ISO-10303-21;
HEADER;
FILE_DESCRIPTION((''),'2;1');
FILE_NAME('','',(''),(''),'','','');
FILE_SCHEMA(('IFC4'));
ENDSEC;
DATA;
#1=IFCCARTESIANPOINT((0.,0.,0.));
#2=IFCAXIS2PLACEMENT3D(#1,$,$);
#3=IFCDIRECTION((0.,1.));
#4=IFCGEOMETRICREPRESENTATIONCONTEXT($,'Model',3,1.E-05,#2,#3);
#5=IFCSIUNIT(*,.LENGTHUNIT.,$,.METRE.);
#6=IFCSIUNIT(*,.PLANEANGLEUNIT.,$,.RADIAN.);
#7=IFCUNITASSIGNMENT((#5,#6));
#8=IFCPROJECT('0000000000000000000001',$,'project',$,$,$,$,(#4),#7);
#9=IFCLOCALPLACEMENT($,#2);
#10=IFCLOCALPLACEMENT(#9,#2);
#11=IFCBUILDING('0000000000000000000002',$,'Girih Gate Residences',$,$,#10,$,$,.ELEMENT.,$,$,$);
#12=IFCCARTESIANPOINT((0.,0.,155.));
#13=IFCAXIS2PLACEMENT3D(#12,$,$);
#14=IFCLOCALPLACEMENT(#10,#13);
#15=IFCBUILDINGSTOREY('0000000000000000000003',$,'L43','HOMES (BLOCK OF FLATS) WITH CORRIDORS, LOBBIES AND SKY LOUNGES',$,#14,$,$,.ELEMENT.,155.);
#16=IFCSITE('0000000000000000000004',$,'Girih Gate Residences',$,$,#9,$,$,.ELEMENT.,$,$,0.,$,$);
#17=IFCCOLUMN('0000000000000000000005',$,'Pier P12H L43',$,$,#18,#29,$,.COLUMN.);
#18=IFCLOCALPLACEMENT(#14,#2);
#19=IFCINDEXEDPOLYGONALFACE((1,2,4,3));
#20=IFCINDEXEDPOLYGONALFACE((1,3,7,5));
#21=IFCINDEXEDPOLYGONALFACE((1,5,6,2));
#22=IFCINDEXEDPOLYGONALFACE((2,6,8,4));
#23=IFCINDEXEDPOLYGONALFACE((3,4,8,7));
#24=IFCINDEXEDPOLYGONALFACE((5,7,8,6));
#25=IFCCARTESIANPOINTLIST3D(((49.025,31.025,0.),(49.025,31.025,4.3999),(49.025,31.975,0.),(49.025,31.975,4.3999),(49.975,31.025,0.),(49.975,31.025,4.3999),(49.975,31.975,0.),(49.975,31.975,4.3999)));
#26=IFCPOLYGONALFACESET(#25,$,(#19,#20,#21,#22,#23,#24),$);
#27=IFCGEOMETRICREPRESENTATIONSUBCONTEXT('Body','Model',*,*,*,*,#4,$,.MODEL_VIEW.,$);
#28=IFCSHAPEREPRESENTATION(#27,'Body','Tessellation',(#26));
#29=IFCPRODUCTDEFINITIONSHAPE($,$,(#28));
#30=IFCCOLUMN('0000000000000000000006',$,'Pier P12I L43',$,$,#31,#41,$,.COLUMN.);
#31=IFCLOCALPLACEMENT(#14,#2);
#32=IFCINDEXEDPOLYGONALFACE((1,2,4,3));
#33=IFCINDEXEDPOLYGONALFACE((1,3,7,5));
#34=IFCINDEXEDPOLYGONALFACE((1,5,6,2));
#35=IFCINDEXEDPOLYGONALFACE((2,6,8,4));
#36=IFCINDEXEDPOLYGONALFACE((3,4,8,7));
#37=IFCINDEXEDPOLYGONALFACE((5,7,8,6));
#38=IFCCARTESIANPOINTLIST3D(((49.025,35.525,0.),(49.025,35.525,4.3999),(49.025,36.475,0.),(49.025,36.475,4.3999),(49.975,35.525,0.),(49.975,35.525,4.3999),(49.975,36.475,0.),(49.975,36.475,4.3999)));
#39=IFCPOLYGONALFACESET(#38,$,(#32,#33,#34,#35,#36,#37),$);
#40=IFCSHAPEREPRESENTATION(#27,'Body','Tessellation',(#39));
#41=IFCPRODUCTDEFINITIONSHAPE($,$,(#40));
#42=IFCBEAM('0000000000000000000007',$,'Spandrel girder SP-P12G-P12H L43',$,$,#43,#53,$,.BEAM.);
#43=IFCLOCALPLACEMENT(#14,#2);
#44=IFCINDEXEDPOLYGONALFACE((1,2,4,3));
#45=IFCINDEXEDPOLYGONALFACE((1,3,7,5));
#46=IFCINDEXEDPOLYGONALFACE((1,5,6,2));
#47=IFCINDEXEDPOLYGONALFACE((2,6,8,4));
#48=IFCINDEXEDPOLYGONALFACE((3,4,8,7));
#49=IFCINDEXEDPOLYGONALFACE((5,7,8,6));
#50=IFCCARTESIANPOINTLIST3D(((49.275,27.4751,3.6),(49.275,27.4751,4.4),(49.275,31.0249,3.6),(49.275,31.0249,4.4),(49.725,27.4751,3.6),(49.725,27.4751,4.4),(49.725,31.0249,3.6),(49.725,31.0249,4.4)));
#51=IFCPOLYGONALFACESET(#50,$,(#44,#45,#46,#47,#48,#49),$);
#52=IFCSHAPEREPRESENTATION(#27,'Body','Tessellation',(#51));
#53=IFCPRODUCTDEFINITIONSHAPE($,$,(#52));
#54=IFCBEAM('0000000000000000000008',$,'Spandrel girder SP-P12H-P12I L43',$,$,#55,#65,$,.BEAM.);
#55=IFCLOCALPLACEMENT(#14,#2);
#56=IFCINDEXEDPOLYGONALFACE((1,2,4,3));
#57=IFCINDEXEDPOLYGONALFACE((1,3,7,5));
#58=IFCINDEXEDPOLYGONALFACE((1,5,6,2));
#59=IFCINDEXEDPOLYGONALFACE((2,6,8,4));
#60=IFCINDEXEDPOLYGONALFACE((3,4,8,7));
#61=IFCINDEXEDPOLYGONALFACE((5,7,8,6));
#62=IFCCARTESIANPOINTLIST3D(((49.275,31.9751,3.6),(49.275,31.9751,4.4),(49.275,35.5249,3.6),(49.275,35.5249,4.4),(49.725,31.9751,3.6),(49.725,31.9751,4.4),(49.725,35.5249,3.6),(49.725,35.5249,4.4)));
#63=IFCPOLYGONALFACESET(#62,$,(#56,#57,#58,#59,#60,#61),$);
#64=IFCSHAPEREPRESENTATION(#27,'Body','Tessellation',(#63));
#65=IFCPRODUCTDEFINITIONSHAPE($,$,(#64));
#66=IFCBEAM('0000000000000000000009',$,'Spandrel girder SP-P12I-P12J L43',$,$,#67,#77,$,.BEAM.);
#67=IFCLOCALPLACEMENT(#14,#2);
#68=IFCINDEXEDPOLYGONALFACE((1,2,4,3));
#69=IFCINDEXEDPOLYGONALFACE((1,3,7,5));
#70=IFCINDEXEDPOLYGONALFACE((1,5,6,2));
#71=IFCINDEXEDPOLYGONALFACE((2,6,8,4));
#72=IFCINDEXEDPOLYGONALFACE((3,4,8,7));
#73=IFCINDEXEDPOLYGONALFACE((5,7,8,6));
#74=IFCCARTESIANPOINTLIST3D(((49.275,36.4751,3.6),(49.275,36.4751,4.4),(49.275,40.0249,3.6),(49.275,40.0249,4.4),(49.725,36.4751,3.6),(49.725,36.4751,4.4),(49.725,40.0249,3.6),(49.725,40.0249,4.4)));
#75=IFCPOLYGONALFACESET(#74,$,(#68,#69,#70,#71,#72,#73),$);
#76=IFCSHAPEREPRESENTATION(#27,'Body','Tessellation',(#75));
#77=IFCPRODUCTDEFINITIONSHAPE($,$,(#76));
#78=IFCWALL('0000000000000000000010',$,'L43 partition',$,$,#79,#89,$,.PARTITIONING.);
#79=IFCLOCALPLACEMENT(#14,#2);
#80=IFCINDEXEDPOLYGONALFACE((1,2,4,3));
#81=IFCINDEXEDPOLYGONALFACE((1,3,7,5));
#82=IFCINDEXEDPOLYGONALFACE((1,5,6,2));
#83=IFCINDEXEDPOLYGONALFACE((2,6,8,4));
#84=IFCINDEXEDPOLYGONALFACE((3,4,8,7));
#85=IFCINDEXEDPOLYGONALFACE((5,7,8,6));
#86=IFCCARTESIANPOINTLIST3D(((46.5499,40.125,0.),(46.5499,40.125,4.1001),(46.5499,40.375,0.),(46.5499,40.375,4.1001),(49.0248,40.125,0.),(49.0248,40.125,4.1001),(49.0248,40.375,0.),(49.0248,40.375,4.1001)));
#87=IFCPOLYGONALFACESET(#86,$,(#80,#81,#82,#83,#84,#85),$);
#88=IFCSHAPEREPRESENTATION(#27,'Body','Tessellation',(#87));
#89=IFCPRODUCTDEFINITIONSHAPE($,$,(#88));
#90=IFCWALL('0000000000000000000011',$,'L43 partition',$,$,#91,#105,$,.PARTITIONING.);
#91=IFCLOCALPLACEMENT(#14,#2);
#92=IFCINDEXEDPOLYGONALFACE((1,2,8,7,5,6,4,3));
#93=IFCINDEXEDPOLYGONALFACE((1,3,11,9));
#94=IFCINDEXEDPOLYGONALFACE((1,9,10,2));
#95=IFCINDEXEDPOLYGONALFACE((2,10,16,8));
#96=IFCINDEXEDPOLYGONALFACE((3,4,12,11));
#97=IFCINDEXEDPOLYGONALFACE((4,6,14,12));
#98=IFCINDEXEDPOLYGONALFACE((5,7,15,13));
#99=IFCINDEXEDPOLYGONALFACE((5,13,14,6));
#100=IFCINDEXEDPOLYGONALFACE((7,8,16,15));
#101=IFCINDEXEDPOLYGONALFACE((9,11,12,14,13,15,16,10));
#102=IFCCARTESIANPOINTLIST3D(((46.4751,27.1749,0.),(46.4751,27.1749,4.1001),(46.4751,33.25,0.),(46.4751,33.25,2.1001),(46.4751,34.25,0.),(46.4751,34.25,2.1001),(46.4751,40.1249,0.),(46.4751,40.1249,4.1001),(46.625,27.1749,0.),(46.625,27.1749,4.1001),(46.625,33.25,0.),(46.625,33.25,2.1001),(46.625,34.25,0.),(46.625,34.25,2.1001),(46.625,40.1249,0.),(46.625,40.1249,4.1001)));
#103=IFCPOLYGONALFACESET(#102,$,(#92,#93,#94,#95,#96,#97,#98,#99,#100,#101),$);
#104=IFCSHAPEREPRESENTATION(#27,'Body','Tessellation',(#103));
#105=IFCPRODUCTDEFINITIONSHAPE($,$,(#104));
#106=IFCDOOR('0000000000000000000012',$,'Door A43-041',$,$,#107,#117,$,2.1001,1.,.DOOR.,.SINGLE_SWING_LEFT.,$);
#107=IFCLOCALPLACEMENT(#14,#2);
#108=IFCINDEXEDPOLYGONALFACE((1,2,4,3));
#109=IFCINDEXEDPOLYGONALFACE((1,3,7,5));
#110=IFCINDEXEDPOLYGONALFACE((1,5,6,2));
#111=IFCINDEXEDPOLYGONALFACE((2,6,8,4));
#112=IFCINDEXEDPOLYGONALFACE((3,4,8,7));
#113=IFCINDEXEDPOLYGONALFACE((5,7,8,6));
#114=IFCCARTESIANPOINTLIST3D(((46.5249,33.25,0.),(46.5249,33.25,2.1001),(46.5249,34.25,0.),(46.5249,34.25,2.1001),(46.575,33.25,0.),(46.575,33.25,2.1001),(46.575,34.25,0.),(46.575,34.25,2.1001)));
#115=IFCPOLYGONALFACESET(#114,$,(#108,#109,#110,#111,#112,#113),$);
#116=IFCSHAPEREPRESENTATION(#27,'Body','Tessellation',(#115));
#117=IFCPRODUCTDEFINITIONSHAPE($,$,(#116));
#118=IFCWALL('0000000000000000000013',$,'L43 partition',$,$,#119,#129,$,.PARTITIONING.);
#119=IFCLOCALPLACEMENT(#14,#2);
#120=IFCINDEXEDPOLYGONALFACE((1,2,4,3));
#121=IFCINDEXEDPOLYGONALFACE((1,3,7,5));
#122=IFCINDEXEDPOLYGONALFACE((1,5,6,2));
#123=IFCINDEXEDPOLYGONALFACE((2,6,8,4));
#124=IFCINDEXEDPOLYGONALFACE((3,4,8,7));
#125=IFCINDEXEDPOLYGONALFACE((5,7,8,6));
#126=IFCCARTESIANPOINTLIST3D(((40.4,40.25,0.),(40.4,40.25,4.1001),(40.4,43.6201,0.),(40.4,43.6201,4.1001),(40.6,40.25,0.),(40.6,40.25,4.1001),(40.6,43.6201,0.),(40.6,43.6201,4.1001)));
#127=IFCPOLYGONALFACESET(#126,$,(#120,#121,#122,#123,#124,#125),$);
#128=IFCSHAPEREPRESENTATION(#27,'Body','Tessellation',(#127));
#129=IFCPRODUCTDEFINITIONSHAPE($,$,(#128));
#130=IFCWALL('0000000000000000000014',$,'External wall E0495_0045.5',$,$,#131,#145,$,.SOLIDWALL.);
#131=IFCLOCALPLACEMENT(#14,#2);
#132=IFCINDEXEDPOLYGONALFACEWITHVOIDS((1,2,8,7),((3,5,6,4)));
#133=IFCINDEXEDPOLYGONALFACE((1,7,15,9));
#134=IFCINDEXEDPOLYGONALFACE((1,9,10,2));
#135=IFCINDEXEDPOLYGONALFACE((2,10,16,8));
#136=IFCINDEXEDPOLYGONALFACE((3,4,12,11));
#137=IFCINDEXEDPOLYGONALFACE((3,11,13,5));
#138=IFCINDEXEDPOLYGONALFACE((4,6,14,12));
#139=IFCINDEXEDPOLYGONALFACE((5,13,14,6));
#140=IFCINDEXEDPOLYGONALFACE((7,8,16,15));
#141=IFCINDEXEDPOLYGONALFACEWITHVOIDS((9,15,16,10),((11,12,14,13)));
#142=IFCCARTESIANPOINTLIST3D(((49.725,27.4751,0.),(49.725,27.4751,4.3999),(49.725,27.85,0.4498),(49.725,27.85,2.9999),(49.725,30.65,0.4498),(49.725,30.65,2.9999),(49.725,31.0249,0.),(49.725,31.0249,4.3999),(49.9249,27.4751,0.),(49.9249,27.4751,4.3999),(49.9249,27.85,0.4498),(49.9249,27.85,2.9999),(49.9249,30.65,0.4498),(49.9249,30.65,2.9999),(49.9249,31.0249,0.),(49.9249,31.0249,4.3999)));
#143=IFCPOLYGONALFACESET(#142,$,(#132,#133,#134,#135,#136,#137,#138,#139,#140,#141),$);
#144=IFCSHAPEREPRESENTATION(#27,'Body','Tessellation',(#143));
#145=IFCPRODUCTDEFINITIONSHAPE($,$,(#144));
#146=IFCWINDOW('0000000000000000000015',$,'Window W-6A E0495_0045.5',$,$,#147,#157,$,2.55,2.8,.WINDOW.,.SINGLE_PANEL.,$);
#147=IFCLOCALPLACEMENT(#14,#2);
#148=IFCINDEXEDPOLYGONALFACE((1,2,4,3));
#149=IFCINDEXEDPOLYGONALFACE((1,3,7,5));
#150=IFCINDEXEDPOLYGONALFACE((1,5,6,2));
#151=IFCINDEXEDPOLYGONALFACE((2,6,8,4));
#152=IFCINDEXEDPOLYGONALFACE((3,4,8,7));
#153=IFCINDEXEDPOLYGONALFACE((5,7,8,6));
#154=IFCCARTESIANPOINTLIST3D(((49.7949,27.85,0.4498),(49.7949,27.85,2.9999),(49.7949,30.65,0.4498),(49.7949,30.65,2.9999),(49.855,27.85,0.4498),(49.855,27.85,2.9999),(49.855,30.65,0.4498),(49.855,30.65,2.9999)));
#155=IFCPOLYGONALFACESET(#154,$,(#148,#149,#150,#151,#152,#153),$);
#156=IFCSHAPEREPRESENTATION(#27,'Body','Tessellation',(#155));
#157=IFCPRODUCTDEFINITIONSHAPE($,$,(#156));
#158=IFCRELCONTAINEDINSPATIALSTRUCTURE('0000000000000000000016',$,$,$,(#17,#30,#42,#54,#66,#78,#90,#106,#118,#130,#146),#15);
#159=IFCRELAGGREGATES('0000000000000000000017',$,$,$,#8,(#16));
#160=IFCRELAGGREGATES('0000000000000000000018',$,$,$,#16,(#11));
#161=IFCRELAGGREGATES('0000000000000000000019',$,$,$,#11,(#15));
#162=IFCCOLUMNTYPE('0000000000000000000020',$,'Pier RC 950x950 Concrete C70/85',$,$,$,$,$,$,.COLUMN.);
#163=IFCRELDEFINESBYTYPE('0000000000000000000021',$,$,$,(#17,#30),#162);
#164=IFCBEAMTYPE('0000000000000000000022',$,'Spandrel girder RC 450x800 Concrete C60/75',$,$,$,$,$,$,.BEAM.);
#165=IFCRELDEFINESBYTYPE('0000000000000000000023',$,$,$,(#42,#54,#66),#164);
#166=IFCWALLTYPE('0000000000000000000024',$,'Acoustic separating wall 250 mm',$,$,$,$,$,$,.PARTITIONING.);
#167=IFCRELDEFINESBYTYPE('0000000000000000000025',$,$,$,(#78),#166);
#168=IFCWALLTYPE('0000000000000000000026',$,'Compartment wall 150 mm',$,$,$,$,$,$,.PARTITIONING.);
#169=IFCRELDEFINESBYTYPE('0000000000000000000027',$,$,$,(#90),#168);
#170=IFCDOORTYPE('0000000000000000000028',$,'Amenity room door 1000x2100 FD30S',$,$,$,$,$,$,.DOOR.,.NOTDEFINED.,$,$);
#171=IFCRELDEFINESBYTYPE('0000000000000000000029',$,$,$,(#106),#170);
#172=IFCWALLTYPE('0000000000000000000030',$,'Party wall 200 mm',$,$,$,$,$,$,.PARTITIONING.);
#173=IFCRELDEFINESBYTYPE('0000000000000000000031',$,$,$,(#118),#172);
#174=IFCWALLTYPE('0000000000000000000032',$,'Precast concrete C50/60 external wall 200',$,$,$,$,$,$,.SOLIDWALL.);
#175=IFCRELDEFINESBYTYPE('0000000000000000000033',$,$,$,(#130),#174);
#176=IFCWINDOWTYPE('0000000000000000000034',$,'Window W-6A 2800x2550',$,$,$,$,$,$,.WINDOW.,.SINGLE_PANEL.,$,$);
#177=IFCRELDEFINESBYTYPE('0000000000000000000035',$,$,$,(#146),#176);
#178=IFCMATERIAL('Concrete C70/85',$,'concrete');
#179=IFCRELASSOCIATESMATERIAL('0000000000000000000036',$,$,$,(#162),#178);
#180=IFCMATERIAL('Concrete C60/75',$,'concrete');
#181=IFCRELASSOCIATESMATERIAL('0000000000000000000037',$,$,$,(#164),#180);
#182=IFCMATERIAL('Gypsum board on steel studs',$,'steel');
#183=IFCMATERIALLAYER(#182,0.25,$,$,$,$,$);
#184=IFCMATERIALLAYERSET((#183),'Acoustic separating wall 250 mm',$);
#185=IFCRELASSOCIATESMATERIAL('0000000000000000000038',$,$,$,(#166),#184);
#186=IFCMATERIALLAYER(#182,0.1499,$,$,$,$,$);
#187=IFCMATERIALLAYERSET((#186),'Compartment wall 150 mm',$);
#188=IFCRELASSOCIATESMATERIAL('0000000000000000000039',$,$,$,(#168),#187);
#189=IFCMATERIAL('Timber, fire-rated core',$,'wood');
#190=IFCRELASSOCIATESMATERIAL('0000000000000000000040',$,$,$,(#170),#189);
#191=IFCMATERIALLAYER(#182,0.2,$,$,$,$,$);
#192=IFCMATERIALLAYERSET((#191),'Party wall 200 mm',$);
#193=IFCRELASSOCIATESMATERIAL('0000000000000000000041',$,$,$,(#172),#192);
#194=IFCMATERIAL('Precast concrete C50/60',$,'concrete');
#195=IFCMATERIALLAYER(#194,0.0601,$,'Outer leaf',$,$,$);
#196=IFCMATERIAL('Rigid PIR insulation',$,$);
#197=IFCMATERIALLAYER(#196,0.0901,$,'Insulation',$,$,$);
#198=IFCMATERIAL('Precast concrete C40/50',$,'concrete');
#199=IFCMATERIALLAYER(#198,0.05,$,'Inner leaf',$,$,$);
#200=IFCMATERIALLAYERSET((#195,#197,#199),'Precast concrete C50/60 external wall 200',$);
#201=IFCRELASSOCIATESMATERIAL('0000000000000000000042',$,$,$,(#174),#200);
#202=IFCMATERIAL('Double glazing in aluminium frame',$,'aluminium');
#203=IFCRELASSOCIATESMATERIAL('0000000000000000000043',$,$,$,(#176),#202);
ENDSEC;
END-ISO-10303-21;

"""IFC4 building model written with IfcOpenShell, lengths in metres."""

from ifc_helpers import new_model, si_unit, direction, frame, frame_2d, origin, origin_2d, place, context, subcontext, project, spatial, rectangle, extrude, material, layer, layer_set, material_profile, profile_set, type_object, element, fill, save


model = new_model("IFC4")

# Units and contexts
model_context = context("Model", 3, precision=1e-05, world=origin(), true_north=direction((0.0, 1.0)))
body_context = subcontext(model_context, "Body", "Model", "MODEL_VIEW")
ifc_project = project(units=[si_unit("LENGTHUNIT", "METRE"), si_unit("PLANEANGLEUNIT", "RADIAN")], contexts=[model_context])

# Site, building, storey
site_placement = place(None, origin())
site = spatial("IfcSite", under=ifc_project, at=site_placement, Name="Girih Gate Residences", CompositionType="ELEMENT", RefElevation=0.0)
building_placement = place(site_placement, origin())
building = spatial("IfcBuilding", under=site, at=building_placement, Name="Girih Gate Residences", CompositionType="ELEMENT")
storey_placement = place(building_placement, frame((0.0, 0.0, 155.0)))
storey = spatial("IfcBuildingStorey", under=building, at=storey_placement, Name="L43", Description="HOMES (BLOCK OF FLATS) WITH CORRIDORS, LOBBIES AND SKY LOUNGES", CompositionType="ELEMENT", Elevation=155.0)

# Columns
ifc_material_1 = material(Name="Concrete C70/85", Category="concrete")
ifc_material_profile_1 = material_profile(ifc_material_1, rectangle(XDim=0.95, YDim=0.95, at=origin_2d()))
ifc_profile_set_1 = profile_set([ifc_material_profile_1], Name="Concrete C70/85")
column_type = type_object("IfcColumnType", Name="Pier RC 950x950 Concrete C70/85", PredefinedType="COLUMN", material=ifc_profile_set_1)
for number, where, z_axis, x_axis, name in (
    (1, (49.5, 31.5, 0.0), (0.0, 0.0, 1.0), (1.0, 0.0, 0.0), "Pier P12H L43"),
    (2, (49.5, 36.0, 0.0), (0.0, 0.0, 1.0), (1.0, 0.0, 0.0), "Pier P12I L43"),
):
    element("IfcColumn", number, at=place(storey_placement, frame(where, z_axis=z_axis, x_axis=x_axis)), inside=storey, type_object=column_type, Name=name, PredefinedType="COLUMN", context=body_context, shape_type="SweptSolid", body=[
        extrude(rectangle(XDim=0.95, YDim=0.95, at=origin_2d()), origin(), (0.0, 0.0, 1.0), 4.3999),
    ])

# Beams
ifc_material_2 = material(Name="Concrete C60/75", Category="concrete")
ifc_material_profile_2 = material_profile(ifc_material_2, rectangle(XDim=0.45, YDim=0.8, at=origin_2d()))
ifc_profile_set_2 = profile_set([ifc_material_profile_2], Name="Concrete C60/75")
beam_type = type_object("IfcBeamType", Name="Spandrel girder RC 450x800 Concrete C60/75", PredefinedType="BEAM", material=ifc_profile_set_2)
for number, where, z_axis, x_axis, name in (
    (3, (49.5, 27.4751, 4.0), (0.0, 1.0, 0.0), (-1.0, 0.0, 0.0), "Spandrel girder SP-P12G-P12H L43"),
    (4, (49.5, 31.9751, 4.0), (0.0, 1.0, 0.0), (-1.0, 0.0, 0.0), "Spandrel girder SP-P12H-P12I L43"),
    (5, (49.5, 36.4751, 4.0), (0.0, 1.0, 0.0), (-1.0, 0.0, 0.0), "Spandrel girder SP-P12I-P12J L43"),
):
    element("IfcBeam", number, at=place(storey_placement, frame(where, z_axis=z_axis, x_axis=x_axis)), inside=storey, type_object=beam_type, Name=name, PredefinedType="BEAM", context=body_context, shape_type="SweptSolid", body=[
        extrude(rectangle(XDim=0.45, YDim=0.8, at=origin_2d()), origin(), (0.0, 0.0, 1.0), 3.5498),
    ])

# Wall
ifc_material_3 = material(Name="Gypsum board on steel studs", Category="steel")
ifc_layer_1 = layer(ifc_material_3, 0.25)
ifc_layer_set_1 = layer_set([ifc_layer_1], Name="Acoustic separating wall 250 mm")
wall_type_1 = type_object("IfcWallType", Name="Acoustic separating wall 250 mm", PredefinedType="PARTITIONING", material=ifc_layer_set_1)
wall_1_placement = place(storey_placement, frame((46.55, 40.25, 0.0), z_axis=(0.0, 0.0, 1.0), x_axis=(1.0, 0.0, 0.0)))
element("IfcWall", 6, at=wall_1_placement, inside=storey, type_object=wall_type_1, Name="L43 partition", PredefinedType="PARTITIONING", context=body_context, shape_type="SweptSolid", body=[
    extrude(rectangle(XDim=2.4749, YDim=0.25, at=frame_2d((1.2373, 0.0))), origin(), (0.0, 0.0, 1.0), 4.1001),
])

# Wall, opening, door
ifc_layer_2 = layer(ifc_material_3, 0.1499)
ifc_layer_set_2 = layer_set([ifc_layer_2], Name="Compartment wall 150 mm")
wall_type_2 = type_object("IfcWallType", Name="Compartment wall 150 mm", PredefinedType="PARTITIONING", material=ifc_layer_set_2)
ifc_material_4 = material(Name="Timber, fire-rated core", Category="wood")
wall_2_placement = place(storey_placement, frame((46.55, 40.125, 0.0), z_axis=(0.0, 0.0, 1.0), x_axis=(0.0, -1.0, 0.0)))
wall_2 = element("IfcWall", 7, at=wall_2_placement, inside=storey, type_object=wall_type_2, Name="L43 partition", PredefinedType="PARTITIONING", context=body_context, shape_type="SweptSolid", body=[
    extrude(rectangle(XDim=12.95, YDim=0.1499, at=frame_2d((6.4751, 0.0))), origin(), (0.0, 0.0, 1.0), 4.1001),
])
opening_1_placement = place(wall_2_placement, frame((5.875, 0.0, 0.0)))
opening_1 = element("IfcOpeningElement", 8, at=opening_1_placement, cuts=wall_2, PredefinedType="OPENING", context=body_context, shape_type="SweptSolid", body=[
    extrude(rectangle(XDim=1.0, YDim=2.1001, at=frame_2d((0.5, 1.05))), frame((0.0, 0.085, 0.0), z_axis=(0.0, -1.0, 0.0), x_axis=(1.0, 0.0, 0.0)), (0.0, 0.0, 1.0), 0.1699),
])
door_type_1 = type_object("IfcDoorType", Name="Amenity room door 1000x2100 FD30S", OperationType="NOTDEFINED", PredefinedType="DOOR", material=ifc_material_4)
door_1_placement = place(opening_1_placement, origin())
door_1 = element("IfcDoor", 9, at=door_1_placement, inside=storey, type_object=door_type_1, Name="Door A43-041", OperationType="SINGLE_SWING_LEFT", OverallHeight=2.1001, OverallWidth=1.0, PredefinedType="DOOR", context=body_context, shape_type="SweptSolid", body=[
    extrude(rectangle(XDim=1.0, YDim=2.1001, at=frame_2d((0.5, 1.05))), frame((0.0, 0.0249, 0.0), z_axis=(0.0, -1.0, 0.0), x_axis=(1.0, 0.0, 0.0)), (0.0, 0.0, 1.0), 0.05),
])
fill(opening_1, door_1)

# Wall
ifc_layer_3 = layer(ifc_material_3, 0.2)
ifc_layer_set_3 = layer_set([ifc_layer_3], Name="Party wall 200 mm")
wall_type_3 = type_object("IfcWallType", Name="Party wall 200 mm", PredefinedType="PARTITIONING", material=ifc_layer_set_3)
wall_3_placement = place(storey_placement, frame((40.5, 40.25, 0.0), z_axis=(0.0, 0.0, 1.0), x_axis=(0.0, 1.0, 0.0)))
element("IfcWall", 10, at=wall_3_placement, inside=storey, type_object=wall_type_3, Name="L43 partition", PredefinedType="PARTITIONING", context=body_context, shape_type="SweptSolid", body=[
    extrude(rectangle(XDim=3.3701, YDim=0.2, at=frame_2d((1.6851, 0.0))), origin(), (0.0, 0.0, 1.0), 4.1001),
])

# Wall, opening, window
ifc_material_5 = material(Name="Precast concrete C50/60", Category="concrete")
ifc_layer_4 = layer(ifc_material_5, 0.0601, Name="Outer leaf")
ifc_material_6 = material(Name="Rigid PIR insulation")
ifc_layer_5 = layer(ifc_material_6, 0.0901, Name="Insulation")
ifc_material_7 = material(Name="Precast concrete C40/50", Category="concrete")
ifc_layer_6 = layer(ifc_material_7, 0.05, Name="Inner leaf")
ifc_layer_set_4 = layer_set([ifc_layer_4, ifc_layer_5, ifc_layer_6], Name="Precast concrete C50/60 external wall 200")
wall_type_4 = type_object("IfcWallType", Name="Precast concrete C50/60 external wall 200", PredefinedType="SOLIDWALL", material=ifc_layer_set_4)
wall_4_placement = place(storey_placement, frame((49.825, 31.0249, 0.0), z_axis=(0.0, 0.0, 1.0), x_axis=(0.0, -1.0, 0.0)))
wall_4 = element("IfcWall", 11, at=wall_4_placement, inside=storey, type_object=wall_type_4, Name="External wall E0495_0045.5", PredefinedType="SOLIDWALL", context=body_context, shape_type="SweptSolid", body=[
    extrude(rectangle(XDim=3.5498, YDim=0.2, at=frame_2d((1.7749, 0.0))), origin(), (0.0, 0.0, 1.0), 4.3999),
])
opening_2_placement = place(wall_4_placement, frame((0.375, 0.0, 0.45)))
opening_2 = element("IfcOpeningElement", 12, at=opening_2_placement, cuts=wall_4, PredefinedType="OPENING", context=body_context, shape_type="SweptSolid", body=[
    extrude(rectangle(XDim=2.8, YDim=2.55, at=frame_2d((1.3999, 1.2749))), frame((0.0, 0.1099, 0.0), z_axis=(0.0, -1.0, 0.0), x_axis=(1.0, 0.0, 0.0)), (0.0, 0.0, 1.0), 0.22),
])
ifc_material_8 = material(Name="Double glazing in aluminium frame", Category="aluminium")
window_type = type_object("IfcWindowType", Name="Window W-6A 2800x2550", PartitioningType="SINGLE_PANEL", PredefinedType="WINDOW", material=ifc_material_8)
window_1_placement = place(opening_2_placement, origin())
window_1 = element("IfcWindow", 13, at=window_1_placement, inside=storey, type_object=window_type, Name="Window W-6A E0495_0045.5", OverallHeight=2.55, OverallWidth=2.8, PartitioningType="SINGLE_PANEL", PredefinedType="WINDOW", context=body_context, shape_type="SweptSolid", body=[
    extrude(rectangle(XDim=2.8, YDim=2.55, at=frame_2d((1.3999, 1.2749))), frame((0.0, 0.03, 0.0), z_axis=(0.0, -1.0, 0.0), x_axis=(1.0, 0.0, 0.0)), (0.0, 0.0, 1.0), 0.0601),
])
fill(opening_2, window_1)

save(model, "model.ifc")
